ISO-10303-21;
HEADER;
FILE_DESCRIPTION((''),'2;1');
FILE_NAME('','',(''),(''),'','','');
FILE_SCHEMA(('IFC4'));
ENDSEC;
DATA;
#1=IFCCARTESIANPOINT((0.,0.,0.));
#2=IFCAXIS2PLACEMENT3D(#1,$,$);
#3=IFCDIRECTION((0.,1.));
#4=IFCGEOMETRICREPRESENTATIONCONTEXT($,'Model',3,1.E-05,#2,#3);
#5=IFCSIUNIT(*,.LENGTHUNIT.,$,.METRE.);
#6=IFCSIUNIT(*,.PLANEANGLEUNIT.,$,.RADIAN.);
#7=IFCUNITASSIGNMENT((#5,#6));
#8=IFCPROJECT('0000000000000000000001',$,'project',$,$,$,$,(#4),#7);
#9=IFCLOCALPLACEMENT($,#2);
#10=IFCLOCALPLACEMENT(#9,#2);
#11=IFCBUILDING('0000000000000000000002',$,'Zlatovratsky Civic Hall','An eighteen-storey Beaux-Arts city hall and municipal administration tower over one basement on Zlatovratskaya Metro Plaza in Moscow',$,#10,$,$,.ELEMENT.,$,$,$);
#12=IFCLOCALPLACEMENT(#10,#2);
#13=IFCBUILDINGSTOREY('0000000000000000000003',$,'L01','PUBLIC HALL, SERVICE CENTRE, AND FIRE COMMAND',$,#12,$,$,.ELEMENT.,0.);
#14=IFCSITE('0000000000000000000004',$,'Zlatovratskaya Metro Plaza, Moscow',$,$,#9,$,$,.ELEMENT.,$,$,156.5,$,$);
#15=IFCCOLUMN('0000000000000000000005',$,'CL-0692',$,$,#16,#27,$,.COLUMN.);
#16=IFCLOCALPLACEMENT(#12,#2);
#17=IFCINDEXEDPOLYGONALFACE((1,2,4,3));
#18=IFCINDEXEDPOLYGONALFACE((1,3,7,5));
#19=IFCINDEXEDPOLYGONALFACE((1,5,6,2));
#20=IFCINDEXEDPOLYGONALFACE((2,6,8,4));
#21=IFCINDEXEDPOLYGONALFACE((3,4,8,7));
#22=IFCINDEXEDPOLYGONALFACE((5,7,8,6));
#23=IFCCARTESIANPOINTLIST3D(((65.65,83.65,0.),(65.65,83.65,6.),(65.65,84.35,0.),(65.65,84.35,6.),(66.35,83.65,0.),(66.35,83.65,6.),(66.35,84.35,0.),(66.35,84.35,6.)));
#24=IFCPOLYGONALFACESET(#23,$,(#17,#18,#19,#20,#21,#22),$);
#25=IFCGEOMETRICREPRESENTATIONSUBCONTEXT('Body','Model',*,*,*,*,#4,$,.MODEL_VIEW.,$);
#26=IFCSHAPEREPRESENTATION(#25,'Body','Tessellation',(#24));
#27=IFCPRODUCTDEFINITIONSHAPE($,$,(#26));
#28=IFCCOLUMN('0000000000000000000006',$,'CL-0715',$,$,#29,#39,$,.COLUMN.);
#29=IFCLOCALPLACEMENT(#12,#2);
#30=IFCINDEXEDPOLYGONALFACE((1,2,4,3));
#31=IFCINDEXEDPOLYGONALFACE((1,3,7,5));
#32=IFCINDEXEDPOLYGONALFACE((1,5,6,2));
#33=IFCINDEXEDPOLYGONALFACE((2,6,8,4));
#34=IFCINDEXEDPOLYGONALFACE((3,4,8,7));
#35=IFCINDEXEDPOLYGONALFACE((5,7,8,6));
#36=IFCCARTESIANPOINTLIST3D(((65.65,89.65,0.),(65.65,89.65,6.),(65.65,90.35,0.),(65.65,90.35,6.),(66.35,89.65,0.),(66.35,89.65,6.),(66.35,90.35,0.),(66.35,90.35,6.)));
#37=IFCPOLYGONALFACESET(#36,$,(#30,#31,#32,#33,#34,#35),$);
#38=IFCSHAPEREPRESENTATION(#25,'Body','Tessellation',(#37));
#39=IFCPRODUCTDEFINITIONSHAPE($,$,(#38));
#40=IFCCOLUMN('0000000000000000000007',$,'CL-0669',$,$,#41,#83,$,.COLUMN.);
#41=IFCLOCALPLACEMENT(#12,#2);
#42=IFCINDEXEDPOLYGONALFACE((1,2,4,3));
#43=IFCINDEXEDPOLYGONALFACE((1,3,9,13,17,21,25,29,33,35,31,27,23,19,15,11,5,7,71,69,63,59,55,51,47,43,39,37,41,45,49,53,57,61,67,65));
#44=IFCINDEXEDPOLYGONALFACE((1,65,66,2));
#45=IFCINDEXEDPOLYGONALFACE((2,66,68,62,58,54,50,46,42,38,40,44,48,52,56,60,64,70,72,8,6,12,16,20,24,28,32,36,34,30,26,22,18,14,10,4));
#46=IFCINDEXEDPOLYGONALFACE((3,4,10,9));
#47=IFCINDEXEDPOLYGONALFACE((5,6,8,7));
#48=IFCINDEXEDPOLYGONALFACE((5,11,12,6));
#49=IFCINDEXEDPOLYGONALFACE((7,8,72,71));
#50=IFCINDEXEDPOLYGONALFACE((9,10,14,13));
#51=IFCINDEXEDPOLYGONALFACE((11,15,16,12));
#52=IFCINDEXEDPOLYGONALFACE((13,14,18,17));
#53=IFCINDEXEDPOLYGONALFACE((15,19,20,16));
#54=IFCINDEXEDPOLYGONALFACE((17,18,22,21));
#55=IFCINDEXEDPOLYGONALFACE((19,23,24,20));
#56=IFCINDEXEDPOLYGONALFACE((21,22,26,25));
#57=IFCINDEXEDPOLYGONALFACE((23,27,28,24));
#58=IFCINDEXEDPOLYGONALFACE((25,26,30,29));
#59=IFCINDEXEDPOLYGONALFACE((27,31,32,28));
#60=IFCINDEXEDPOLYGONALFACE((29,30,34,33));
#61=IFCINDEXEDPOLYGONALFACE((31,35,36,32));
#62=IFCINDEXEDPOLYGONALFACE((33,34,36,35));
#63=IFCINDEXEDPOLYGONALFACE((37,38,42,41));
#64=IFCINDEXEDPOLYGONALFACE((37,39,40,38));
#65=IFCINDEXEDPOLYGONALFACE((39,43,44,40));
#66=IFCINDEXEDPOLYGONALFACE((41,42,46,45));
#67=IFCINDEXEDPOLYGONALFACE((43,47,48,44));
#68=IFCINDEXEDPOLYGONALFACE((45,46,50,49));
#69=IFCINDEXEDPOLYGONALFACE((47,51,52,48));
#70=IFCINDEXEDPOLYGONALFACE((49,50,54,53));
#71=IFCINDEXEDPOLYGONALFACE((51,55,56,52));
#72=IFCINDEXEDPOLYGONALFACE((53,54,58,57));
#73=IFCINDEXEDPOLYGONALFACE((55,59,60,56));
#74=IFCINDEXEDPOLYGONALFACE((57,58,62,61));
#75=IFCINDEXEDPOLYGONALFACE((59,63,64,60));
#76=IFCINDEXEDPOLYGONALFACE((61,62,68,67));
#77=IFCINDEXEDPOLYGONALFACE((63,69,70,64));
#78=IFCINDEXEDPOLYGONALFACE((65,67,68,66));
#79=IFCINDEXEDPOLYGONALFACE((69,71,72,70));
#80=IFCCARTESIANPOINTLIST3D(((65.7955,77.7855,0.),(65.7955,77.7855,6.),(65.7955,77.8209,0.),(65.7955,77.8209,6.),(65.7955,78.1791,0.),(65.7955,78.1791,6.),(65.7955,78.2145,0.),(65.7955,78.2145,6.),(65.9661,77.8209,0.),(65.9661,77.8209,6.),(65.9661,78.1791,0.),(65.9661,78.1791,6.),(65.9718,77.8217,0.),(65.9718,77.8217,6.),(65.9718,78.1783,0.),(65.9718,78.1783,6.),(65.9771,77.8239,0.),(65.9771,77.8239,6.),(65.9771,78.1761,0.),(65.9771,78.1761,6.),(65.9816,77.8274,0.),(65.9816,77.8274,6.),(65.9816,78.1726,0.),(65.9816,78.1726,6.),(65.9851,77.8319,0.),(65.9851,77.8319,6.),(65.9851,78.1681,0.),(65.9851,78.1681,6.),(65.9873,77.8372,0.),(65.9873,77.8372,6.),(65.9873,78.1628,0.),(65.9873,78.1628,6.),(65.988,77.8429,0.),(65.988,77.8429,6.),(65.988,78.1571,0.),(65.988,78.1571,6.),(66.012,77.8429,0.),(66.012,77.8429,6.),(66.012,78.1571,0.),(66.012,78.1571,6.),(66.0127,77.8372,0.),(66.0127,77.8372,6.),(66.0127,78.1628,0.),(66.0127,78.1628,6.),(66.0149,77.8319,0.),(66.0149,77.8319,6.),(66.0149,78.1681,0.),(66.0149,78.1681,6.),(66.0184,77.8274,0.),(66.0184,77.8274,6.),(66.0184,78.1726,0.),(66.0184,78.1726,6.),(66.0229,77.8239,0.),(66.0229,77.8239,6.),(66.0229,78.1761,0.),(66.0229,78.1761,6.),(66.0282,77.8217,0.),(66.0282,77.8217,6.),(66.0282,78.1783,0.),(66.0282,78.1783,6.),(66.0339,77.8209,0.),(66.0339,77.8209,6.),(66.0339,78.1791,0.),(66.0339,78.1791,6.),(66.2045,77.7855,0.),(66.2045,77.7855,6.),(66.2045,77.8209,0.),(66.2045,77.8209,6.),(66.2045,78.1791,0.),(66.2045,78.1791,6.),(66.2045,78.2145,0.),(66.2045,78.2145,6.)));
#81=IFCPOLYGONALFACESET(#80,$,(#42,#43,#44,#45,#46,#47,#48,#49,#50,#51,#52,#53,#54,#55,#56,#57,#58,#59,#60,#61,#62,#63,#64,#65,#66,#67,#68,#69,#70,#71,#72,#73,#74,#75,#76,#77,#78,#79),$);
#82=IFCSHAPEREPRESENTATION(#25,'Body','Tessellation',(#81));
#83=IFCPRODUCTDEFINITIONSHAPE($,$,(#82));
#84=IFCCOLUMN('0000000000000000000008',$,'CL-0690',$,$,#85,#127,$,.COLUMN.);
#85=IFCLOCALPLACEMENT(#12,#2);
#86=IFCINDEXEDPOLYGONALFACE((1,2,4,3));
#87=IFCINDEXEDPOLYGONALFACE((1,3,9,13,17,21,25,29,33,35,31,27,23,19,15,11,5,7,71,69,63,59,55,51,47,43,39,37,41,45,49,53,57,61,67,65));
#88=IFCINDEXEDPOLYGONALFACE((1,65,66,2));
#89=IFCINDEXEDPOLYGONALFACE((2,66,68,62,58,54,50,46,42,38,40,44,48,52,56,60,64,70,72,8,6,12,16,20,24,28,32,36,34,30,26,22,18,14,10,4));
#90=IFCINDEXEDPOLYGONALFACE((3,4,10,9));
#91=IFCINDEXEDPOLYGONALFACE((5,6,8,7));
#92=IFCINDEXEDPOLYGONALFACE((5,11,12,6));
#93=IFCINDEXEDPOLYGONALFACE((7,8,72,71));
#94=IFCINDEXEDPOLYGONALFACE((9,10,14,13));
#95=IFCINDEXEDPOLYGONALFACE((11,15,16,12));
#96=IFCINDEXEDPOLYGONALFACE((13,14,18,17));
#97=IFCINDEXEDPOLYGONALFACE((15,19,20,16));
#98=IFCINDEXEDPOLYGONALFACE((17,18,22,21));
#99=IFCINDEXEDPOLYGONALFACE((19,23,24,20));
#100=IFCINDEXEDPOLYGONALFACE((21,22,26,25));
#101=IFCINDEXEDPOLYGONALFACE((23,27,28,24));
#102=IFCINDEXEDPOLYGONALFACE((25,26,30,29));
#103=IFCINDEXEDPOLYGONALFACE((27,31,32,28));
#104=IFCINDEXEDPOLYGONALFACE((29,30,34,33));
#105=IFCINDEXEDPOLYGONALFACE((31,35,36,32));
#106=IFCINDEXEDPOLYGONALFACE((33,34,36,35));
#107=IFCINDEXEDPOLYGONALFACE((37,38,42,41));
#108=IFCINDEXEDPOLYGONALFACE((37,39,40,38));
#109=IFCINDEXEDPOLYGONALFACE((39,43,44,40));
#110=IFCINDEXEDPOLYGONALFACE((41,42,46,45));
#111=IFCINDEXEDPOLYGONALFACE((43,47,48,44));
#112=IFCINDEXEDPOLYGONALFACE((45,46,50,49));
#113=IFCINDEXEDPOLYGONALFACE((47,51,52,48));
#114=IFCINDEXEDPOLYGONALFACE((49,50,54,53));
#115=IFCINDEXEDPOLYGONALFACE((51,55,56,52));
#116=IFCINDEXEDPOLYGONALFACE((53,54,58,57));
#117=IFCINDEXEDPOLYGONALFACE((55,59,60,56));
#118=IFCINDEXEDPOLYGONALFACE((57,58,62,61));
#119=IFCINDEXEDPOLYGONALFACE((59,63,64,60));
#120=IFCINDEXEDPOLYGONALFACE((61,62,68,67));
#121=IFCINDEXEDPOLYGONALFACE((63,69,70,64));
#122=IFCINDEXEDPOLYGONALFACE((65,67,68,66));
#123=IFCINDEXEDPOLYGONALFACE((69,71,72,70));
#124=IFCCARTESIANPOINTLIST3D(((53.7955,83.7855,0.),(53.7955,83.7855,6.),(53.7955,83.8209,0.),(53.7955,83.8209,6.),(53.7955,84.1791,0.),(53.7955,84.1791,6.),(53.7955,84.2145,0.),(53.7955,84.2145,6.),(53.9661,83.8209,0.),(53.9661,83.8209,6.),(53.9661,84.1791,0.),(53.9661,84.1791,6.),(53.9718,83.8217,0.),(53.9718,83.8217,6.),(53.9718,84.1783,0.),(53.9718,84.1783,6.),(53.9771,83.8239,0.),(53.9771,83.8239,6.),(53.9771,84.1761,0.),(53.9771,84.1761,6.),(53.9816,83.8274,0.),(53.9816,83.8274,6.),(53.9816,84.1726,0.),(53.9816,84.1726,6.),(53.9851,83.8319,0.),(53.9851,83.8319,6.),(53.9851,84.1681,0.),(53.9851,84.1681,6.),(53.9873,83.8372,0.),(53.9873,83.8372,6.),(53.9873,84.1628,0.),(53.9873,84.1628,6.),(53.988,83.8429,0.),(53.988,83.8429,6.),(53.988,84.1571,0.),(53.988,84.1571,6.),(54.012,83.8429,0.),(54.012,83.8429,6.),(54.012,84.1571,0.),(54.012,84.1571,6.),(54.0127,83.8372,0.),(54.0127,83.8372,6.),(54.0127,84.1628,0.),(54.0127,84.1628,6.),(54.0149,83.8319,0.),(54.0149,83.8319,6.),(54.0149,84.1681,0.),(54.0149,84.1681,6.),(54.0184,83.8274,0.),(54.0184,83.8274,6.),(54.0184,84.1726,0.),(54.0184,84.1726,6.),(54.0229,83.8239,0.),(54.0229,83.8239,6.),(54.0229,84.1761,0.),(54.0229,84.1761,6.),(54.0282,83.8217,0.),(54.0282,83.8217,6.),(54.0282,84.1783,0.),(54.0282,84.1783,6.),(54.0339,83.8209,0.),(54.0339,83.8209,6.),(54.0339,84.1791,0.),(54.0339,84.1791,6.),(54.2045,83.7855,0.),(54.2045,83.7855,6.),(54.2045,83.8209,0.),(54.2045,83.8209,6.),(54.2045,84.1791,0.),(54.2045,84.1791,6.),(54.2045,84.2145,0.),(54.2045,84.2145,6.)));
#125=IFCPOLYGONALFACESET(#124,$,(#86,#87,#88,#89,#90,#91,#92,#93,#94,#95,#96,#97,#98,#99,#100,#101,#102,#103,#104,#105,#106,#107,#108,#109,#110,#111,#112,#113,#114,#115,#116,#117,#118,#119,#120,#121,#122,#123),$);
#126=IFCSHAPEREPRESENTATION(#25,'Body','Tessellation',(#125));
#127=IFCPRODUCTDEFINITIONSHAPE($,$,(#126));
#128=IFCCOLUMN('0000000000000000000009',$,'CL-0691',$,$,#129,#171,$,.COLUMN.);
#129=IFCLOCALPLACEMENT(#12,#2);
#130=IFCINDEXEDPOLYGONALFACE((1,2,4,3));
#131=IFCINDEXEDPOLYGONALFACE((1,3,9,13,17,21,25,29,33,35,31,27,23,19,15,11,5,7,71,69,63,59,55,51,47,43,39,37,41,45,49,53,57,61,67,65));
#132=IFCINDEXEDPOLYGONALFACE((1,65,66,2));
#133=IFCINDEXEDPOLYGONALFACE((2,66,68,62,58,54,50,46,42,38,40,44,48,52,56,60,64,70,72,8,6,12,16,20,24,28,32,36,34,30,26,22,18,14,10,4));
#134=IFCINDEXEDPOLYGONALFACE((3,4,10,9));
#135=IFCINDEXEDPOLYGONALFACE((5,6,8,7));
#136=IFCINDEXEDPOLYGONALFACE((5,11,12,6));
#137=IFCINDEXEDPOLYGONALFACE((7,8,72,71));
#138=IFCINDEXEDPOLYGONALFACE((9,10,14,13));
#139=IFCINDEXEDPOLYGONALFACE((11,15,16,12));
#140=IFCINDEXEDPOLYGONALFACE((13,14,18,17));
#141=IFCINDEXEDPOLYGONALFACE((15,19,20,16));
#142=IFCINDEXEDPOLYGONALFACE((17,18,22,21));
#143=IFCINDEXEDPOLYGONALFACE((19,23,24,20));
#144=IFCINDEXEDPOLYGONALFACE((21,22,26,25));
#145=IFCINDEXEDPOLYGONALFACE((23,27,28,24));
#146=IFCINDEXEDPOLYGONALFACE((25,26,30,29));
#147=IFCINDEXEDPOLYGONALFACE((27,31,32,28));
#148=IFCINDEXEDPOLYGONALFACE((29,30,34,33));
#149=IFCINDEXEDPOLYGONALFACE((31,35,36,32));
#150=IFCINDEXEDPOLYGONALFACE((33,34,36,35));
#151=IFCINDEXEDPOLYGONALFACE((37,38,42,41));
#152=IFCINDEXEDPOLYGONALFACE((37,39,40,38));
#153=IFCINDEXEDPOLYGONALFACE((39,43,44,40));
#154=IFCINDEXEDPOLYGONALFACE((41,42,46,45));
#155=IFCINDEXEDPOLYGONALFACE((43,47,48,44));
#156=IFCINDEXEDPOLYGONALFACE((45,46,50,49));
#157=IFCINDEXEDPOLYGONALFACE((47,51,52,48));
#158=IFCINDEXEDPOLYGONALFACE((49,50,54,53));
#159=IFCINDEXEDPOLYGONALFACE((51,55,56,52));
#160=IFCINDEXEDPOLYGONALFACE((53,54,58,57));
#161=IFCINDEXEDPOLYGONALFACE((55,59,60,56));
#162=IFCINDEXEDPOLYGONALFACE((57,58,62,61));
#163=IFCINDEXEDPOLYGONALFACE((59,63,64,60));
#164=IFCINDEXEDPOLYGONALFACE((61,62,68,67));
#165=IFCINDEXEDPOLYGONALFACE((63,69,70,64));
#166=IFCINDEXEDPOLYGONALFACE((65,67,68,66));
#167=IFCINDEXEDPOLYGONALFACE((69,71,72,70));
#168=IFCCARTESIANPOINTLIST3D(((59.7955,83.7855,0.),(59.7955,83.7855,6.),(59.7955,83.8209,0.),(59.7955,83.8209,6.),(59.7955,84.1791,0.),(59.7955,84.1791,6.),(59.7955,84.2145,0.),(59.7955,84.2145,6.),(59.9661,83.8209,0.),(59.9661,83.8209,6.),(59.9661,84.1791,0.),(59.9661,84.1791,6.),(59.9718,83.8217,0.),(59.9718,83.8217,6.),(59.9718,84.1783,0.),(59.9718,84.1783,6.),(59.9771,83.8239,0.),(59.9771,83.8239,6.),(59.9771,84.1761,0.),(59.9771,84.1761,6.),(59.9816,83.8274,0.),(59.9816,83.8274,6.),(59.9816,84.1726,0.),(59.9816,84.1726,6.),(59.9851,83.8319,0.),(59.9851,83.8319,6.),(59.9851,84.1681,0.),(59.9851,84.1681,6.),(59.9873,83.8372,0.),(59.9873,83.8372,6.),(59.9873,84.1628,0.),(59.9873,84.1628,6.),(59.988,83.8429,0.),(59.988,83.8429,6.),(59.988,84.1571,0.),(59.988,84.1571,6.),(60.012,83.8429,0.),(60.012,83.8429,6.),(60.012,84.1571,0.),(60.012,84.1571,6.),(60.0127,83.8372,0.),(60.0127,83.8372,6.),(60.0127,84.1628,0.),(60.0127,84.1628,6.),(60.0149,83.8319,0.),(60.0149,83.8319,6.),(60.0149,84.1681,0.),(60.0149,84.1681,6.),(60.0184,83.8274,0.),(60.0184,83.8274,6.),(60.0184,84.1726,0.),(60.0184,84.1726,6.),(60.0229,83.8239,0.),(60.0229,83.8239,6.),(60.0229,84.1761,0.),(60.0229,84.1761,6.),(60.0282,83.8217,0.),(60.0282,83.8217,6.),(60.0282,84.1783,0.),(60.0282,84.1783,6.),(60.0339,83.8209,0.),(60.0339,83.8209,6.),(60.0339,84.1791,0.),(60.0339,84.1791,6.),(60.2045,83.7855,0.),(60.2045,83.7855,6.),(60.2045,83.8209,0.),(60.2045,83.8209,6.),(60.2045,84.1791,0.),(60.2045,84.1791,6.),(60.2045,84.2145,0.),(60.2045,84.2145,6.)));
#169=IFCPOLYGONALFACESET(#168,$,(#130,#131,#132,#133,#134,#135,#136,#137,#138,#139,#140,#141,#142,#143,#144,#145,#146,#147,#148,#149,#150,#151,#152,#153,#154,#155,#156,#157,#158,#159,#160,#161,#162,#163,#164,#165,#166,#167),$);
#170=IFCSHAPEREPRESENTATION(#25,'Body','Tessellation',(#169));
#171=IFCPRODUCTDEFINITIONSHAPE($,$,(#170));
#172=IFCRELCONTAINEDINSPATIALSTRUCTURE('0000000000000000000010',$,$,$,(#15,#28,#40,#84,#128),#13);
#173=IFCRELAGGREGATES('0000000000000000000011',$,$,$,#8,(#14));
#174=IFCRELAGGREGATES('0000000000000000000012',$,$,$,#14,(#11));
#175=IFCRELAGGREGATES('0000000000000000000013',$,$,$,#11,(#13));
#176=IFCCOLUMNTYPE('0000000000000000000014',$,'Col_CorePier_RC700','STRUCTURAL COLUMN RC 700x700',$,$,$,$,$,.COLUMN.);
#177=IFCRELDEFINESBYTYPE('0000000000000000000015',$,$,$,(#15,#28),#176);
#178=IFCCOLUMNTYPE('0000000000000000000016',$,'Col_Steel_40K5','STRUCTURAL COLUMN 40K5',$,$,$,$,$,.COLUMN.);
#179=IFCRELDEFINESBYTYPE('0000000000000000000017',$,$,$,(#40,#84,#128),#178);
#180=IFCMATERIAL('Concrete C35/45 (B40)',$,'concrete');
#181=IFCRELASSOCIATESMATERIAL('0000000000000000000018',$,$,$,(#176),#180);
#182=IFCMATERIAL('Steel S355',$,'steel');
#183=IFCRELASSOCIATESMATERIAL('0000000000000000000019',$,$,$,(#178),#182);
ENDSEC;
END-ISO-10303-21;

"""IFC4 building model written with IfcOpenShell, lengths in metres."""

from ifc_helpers import new_model, si_unit, direction, frame, origin, origin_2d, place, context, subcontext, project, spatial, rectangle, i_section, extrude, material, material_profile, profile_set, type_object, element, save


model = new_model("IFC4")

# Units and contexts
model_context = context("Model", 3, precision=1e-05, world=origin(), true_north=direction((0.0, 1.0)))
body_context = subcontext(model_context, "Body", "Model", "MODEL_VIEW")
ifc_project = project(units=[si_unit("LENGTHUNIT", "METRE"), si_unit("PLANEANGLEUNIT", "RADIAN")], contexts=[model_context])

# Site, building, storey
site_placement = place(None, origin())
site = spatial("IfcSite", under=ifc_project, at=site_placement, Name="Zlatovratskaya Metro Plaza, Moscow", CompositionType="ELEMENT", RefElevation=156.5)
building_placement = place(site_placement, origin())
building = spatial("IfcBuilding", under=site, at=building_placement, Name="Zlatovratsky Civic Hall", Description="An eighteen-storey Beaux-Arts city hall and municipal administration tower over one basement on Zlatovratskaya Metro Plaza in Moscow", CompositionType="ELEMENT")
storey_placement = place(building_placement, origin())
storey = spatial("IfcBuildingStorey", under=building, at=storey_placement, Name="L01", Description="PUBLIC HALL, SERVICE CENTRE, AND FIRE COMMAND", CompositionType="ELEMENT", Elevation=0.0)

# Columns
ifc_material_1 = material(Name="Concrete C35/45 (B40)", Category="concrete")
ifc_material_profile_1 = material_profile(ifc_material_1, rectangle(XDim=0.7, YDim=0.7, at=origin_2d()), Name="RC 700x700")
ifc_profile_set_1 = profile_set([ifc_material_profile_1], Name="Concrete C35/45 (B40)")
column_type_1 = type_object("IfcColumnType", Name="Col_CorePier_RC700", Description="STRUCTURAL COLUMN RC 700x700", PredefinedType="COLUMN", material=ifc_profile_set_1)
for number, where, z_axis, x_axis, name in (
    (1, (66.0, 84.0, 0.0), (0.0, 0.0, 1.0), (1.0, 0.0, 0.0), "CL-0692"),
    (2, (66.0, 90.0, 0.0), (0.0, 0.0, 1.0), (1.0, 0.0, 0.0), "CL-0715"),
):
    element("IfcColumn", number, at=place(storey_placement, frame(where, z_axis=z_axis, x_axis=x_axis)), inside=storey, type_object=column_type_1, Name=name, PredefinedType="COLUMN", context=body_context, shape_type="SweptSolid", body=[
        extrude(rectangle(XDim=0.7, YDim=0.7, at=origin_2d()), origin(), (0.0, 0.0, 1.0), 6.0),
    ])
ifc_material_2 = material(Name="Steel S355", Category="steel")
ifc_material_profile_2 = material_profile(ifc_material_2, i_section(OverallWidth=0.4089, OverallDepth=0.429, WebThickness=0.0239, FlangeThickness=0.0354, FilletRadius=0.022, at=origin_2d()), Name="40K5")
ifc_profile_set_2 = profile_set([ifc_material_profile_2], Name="Steel S355")
column_type_2 = type_object("IfcColumnType", Name="Col_Steel_40K5", Description="STRUCTURAL COLUMN 40K5", PredefinedType="COLUMN", material=ifc_profile_set_2)
for number, where, z_axis, x_axis, name in (
    (3, (66.0, 78.0, 0.0), (0.0, 0.0, 1.0), (1.0, 0.0, 0.0), "CL-0669"),
    (4, (54.0, 84.0, 0.0), (0.0, 0.0, 1.0), (1.0, 0.0, 0.0), "CL-0690"),
    (5, (60.0, 84.0, 0.0), (0.0, 0.0, 1.0), (1.0, 0.0, 0.0), "CL-0691"),
):
    element("IfcColumn", number, at=place(storey_placement, frame(where, z_axis=z_axis, x_axis=x_axis)), inside=storey, type_object=column_type_2, Name=name, PredefinedType="COLUMN", context=body_context, shape_type="SweptSolid", body=[
        extrude(i_section(OverallWidth=0.4089, OverallDepth=0.429, WebThickness=0.0239, FlangeThickness=0.0354, FilletRadius=0.022, at=origin_2d()), origin(), (0.0, 0.0, 1.0), 6.0),
    ])

save(model, "model.ifc")
